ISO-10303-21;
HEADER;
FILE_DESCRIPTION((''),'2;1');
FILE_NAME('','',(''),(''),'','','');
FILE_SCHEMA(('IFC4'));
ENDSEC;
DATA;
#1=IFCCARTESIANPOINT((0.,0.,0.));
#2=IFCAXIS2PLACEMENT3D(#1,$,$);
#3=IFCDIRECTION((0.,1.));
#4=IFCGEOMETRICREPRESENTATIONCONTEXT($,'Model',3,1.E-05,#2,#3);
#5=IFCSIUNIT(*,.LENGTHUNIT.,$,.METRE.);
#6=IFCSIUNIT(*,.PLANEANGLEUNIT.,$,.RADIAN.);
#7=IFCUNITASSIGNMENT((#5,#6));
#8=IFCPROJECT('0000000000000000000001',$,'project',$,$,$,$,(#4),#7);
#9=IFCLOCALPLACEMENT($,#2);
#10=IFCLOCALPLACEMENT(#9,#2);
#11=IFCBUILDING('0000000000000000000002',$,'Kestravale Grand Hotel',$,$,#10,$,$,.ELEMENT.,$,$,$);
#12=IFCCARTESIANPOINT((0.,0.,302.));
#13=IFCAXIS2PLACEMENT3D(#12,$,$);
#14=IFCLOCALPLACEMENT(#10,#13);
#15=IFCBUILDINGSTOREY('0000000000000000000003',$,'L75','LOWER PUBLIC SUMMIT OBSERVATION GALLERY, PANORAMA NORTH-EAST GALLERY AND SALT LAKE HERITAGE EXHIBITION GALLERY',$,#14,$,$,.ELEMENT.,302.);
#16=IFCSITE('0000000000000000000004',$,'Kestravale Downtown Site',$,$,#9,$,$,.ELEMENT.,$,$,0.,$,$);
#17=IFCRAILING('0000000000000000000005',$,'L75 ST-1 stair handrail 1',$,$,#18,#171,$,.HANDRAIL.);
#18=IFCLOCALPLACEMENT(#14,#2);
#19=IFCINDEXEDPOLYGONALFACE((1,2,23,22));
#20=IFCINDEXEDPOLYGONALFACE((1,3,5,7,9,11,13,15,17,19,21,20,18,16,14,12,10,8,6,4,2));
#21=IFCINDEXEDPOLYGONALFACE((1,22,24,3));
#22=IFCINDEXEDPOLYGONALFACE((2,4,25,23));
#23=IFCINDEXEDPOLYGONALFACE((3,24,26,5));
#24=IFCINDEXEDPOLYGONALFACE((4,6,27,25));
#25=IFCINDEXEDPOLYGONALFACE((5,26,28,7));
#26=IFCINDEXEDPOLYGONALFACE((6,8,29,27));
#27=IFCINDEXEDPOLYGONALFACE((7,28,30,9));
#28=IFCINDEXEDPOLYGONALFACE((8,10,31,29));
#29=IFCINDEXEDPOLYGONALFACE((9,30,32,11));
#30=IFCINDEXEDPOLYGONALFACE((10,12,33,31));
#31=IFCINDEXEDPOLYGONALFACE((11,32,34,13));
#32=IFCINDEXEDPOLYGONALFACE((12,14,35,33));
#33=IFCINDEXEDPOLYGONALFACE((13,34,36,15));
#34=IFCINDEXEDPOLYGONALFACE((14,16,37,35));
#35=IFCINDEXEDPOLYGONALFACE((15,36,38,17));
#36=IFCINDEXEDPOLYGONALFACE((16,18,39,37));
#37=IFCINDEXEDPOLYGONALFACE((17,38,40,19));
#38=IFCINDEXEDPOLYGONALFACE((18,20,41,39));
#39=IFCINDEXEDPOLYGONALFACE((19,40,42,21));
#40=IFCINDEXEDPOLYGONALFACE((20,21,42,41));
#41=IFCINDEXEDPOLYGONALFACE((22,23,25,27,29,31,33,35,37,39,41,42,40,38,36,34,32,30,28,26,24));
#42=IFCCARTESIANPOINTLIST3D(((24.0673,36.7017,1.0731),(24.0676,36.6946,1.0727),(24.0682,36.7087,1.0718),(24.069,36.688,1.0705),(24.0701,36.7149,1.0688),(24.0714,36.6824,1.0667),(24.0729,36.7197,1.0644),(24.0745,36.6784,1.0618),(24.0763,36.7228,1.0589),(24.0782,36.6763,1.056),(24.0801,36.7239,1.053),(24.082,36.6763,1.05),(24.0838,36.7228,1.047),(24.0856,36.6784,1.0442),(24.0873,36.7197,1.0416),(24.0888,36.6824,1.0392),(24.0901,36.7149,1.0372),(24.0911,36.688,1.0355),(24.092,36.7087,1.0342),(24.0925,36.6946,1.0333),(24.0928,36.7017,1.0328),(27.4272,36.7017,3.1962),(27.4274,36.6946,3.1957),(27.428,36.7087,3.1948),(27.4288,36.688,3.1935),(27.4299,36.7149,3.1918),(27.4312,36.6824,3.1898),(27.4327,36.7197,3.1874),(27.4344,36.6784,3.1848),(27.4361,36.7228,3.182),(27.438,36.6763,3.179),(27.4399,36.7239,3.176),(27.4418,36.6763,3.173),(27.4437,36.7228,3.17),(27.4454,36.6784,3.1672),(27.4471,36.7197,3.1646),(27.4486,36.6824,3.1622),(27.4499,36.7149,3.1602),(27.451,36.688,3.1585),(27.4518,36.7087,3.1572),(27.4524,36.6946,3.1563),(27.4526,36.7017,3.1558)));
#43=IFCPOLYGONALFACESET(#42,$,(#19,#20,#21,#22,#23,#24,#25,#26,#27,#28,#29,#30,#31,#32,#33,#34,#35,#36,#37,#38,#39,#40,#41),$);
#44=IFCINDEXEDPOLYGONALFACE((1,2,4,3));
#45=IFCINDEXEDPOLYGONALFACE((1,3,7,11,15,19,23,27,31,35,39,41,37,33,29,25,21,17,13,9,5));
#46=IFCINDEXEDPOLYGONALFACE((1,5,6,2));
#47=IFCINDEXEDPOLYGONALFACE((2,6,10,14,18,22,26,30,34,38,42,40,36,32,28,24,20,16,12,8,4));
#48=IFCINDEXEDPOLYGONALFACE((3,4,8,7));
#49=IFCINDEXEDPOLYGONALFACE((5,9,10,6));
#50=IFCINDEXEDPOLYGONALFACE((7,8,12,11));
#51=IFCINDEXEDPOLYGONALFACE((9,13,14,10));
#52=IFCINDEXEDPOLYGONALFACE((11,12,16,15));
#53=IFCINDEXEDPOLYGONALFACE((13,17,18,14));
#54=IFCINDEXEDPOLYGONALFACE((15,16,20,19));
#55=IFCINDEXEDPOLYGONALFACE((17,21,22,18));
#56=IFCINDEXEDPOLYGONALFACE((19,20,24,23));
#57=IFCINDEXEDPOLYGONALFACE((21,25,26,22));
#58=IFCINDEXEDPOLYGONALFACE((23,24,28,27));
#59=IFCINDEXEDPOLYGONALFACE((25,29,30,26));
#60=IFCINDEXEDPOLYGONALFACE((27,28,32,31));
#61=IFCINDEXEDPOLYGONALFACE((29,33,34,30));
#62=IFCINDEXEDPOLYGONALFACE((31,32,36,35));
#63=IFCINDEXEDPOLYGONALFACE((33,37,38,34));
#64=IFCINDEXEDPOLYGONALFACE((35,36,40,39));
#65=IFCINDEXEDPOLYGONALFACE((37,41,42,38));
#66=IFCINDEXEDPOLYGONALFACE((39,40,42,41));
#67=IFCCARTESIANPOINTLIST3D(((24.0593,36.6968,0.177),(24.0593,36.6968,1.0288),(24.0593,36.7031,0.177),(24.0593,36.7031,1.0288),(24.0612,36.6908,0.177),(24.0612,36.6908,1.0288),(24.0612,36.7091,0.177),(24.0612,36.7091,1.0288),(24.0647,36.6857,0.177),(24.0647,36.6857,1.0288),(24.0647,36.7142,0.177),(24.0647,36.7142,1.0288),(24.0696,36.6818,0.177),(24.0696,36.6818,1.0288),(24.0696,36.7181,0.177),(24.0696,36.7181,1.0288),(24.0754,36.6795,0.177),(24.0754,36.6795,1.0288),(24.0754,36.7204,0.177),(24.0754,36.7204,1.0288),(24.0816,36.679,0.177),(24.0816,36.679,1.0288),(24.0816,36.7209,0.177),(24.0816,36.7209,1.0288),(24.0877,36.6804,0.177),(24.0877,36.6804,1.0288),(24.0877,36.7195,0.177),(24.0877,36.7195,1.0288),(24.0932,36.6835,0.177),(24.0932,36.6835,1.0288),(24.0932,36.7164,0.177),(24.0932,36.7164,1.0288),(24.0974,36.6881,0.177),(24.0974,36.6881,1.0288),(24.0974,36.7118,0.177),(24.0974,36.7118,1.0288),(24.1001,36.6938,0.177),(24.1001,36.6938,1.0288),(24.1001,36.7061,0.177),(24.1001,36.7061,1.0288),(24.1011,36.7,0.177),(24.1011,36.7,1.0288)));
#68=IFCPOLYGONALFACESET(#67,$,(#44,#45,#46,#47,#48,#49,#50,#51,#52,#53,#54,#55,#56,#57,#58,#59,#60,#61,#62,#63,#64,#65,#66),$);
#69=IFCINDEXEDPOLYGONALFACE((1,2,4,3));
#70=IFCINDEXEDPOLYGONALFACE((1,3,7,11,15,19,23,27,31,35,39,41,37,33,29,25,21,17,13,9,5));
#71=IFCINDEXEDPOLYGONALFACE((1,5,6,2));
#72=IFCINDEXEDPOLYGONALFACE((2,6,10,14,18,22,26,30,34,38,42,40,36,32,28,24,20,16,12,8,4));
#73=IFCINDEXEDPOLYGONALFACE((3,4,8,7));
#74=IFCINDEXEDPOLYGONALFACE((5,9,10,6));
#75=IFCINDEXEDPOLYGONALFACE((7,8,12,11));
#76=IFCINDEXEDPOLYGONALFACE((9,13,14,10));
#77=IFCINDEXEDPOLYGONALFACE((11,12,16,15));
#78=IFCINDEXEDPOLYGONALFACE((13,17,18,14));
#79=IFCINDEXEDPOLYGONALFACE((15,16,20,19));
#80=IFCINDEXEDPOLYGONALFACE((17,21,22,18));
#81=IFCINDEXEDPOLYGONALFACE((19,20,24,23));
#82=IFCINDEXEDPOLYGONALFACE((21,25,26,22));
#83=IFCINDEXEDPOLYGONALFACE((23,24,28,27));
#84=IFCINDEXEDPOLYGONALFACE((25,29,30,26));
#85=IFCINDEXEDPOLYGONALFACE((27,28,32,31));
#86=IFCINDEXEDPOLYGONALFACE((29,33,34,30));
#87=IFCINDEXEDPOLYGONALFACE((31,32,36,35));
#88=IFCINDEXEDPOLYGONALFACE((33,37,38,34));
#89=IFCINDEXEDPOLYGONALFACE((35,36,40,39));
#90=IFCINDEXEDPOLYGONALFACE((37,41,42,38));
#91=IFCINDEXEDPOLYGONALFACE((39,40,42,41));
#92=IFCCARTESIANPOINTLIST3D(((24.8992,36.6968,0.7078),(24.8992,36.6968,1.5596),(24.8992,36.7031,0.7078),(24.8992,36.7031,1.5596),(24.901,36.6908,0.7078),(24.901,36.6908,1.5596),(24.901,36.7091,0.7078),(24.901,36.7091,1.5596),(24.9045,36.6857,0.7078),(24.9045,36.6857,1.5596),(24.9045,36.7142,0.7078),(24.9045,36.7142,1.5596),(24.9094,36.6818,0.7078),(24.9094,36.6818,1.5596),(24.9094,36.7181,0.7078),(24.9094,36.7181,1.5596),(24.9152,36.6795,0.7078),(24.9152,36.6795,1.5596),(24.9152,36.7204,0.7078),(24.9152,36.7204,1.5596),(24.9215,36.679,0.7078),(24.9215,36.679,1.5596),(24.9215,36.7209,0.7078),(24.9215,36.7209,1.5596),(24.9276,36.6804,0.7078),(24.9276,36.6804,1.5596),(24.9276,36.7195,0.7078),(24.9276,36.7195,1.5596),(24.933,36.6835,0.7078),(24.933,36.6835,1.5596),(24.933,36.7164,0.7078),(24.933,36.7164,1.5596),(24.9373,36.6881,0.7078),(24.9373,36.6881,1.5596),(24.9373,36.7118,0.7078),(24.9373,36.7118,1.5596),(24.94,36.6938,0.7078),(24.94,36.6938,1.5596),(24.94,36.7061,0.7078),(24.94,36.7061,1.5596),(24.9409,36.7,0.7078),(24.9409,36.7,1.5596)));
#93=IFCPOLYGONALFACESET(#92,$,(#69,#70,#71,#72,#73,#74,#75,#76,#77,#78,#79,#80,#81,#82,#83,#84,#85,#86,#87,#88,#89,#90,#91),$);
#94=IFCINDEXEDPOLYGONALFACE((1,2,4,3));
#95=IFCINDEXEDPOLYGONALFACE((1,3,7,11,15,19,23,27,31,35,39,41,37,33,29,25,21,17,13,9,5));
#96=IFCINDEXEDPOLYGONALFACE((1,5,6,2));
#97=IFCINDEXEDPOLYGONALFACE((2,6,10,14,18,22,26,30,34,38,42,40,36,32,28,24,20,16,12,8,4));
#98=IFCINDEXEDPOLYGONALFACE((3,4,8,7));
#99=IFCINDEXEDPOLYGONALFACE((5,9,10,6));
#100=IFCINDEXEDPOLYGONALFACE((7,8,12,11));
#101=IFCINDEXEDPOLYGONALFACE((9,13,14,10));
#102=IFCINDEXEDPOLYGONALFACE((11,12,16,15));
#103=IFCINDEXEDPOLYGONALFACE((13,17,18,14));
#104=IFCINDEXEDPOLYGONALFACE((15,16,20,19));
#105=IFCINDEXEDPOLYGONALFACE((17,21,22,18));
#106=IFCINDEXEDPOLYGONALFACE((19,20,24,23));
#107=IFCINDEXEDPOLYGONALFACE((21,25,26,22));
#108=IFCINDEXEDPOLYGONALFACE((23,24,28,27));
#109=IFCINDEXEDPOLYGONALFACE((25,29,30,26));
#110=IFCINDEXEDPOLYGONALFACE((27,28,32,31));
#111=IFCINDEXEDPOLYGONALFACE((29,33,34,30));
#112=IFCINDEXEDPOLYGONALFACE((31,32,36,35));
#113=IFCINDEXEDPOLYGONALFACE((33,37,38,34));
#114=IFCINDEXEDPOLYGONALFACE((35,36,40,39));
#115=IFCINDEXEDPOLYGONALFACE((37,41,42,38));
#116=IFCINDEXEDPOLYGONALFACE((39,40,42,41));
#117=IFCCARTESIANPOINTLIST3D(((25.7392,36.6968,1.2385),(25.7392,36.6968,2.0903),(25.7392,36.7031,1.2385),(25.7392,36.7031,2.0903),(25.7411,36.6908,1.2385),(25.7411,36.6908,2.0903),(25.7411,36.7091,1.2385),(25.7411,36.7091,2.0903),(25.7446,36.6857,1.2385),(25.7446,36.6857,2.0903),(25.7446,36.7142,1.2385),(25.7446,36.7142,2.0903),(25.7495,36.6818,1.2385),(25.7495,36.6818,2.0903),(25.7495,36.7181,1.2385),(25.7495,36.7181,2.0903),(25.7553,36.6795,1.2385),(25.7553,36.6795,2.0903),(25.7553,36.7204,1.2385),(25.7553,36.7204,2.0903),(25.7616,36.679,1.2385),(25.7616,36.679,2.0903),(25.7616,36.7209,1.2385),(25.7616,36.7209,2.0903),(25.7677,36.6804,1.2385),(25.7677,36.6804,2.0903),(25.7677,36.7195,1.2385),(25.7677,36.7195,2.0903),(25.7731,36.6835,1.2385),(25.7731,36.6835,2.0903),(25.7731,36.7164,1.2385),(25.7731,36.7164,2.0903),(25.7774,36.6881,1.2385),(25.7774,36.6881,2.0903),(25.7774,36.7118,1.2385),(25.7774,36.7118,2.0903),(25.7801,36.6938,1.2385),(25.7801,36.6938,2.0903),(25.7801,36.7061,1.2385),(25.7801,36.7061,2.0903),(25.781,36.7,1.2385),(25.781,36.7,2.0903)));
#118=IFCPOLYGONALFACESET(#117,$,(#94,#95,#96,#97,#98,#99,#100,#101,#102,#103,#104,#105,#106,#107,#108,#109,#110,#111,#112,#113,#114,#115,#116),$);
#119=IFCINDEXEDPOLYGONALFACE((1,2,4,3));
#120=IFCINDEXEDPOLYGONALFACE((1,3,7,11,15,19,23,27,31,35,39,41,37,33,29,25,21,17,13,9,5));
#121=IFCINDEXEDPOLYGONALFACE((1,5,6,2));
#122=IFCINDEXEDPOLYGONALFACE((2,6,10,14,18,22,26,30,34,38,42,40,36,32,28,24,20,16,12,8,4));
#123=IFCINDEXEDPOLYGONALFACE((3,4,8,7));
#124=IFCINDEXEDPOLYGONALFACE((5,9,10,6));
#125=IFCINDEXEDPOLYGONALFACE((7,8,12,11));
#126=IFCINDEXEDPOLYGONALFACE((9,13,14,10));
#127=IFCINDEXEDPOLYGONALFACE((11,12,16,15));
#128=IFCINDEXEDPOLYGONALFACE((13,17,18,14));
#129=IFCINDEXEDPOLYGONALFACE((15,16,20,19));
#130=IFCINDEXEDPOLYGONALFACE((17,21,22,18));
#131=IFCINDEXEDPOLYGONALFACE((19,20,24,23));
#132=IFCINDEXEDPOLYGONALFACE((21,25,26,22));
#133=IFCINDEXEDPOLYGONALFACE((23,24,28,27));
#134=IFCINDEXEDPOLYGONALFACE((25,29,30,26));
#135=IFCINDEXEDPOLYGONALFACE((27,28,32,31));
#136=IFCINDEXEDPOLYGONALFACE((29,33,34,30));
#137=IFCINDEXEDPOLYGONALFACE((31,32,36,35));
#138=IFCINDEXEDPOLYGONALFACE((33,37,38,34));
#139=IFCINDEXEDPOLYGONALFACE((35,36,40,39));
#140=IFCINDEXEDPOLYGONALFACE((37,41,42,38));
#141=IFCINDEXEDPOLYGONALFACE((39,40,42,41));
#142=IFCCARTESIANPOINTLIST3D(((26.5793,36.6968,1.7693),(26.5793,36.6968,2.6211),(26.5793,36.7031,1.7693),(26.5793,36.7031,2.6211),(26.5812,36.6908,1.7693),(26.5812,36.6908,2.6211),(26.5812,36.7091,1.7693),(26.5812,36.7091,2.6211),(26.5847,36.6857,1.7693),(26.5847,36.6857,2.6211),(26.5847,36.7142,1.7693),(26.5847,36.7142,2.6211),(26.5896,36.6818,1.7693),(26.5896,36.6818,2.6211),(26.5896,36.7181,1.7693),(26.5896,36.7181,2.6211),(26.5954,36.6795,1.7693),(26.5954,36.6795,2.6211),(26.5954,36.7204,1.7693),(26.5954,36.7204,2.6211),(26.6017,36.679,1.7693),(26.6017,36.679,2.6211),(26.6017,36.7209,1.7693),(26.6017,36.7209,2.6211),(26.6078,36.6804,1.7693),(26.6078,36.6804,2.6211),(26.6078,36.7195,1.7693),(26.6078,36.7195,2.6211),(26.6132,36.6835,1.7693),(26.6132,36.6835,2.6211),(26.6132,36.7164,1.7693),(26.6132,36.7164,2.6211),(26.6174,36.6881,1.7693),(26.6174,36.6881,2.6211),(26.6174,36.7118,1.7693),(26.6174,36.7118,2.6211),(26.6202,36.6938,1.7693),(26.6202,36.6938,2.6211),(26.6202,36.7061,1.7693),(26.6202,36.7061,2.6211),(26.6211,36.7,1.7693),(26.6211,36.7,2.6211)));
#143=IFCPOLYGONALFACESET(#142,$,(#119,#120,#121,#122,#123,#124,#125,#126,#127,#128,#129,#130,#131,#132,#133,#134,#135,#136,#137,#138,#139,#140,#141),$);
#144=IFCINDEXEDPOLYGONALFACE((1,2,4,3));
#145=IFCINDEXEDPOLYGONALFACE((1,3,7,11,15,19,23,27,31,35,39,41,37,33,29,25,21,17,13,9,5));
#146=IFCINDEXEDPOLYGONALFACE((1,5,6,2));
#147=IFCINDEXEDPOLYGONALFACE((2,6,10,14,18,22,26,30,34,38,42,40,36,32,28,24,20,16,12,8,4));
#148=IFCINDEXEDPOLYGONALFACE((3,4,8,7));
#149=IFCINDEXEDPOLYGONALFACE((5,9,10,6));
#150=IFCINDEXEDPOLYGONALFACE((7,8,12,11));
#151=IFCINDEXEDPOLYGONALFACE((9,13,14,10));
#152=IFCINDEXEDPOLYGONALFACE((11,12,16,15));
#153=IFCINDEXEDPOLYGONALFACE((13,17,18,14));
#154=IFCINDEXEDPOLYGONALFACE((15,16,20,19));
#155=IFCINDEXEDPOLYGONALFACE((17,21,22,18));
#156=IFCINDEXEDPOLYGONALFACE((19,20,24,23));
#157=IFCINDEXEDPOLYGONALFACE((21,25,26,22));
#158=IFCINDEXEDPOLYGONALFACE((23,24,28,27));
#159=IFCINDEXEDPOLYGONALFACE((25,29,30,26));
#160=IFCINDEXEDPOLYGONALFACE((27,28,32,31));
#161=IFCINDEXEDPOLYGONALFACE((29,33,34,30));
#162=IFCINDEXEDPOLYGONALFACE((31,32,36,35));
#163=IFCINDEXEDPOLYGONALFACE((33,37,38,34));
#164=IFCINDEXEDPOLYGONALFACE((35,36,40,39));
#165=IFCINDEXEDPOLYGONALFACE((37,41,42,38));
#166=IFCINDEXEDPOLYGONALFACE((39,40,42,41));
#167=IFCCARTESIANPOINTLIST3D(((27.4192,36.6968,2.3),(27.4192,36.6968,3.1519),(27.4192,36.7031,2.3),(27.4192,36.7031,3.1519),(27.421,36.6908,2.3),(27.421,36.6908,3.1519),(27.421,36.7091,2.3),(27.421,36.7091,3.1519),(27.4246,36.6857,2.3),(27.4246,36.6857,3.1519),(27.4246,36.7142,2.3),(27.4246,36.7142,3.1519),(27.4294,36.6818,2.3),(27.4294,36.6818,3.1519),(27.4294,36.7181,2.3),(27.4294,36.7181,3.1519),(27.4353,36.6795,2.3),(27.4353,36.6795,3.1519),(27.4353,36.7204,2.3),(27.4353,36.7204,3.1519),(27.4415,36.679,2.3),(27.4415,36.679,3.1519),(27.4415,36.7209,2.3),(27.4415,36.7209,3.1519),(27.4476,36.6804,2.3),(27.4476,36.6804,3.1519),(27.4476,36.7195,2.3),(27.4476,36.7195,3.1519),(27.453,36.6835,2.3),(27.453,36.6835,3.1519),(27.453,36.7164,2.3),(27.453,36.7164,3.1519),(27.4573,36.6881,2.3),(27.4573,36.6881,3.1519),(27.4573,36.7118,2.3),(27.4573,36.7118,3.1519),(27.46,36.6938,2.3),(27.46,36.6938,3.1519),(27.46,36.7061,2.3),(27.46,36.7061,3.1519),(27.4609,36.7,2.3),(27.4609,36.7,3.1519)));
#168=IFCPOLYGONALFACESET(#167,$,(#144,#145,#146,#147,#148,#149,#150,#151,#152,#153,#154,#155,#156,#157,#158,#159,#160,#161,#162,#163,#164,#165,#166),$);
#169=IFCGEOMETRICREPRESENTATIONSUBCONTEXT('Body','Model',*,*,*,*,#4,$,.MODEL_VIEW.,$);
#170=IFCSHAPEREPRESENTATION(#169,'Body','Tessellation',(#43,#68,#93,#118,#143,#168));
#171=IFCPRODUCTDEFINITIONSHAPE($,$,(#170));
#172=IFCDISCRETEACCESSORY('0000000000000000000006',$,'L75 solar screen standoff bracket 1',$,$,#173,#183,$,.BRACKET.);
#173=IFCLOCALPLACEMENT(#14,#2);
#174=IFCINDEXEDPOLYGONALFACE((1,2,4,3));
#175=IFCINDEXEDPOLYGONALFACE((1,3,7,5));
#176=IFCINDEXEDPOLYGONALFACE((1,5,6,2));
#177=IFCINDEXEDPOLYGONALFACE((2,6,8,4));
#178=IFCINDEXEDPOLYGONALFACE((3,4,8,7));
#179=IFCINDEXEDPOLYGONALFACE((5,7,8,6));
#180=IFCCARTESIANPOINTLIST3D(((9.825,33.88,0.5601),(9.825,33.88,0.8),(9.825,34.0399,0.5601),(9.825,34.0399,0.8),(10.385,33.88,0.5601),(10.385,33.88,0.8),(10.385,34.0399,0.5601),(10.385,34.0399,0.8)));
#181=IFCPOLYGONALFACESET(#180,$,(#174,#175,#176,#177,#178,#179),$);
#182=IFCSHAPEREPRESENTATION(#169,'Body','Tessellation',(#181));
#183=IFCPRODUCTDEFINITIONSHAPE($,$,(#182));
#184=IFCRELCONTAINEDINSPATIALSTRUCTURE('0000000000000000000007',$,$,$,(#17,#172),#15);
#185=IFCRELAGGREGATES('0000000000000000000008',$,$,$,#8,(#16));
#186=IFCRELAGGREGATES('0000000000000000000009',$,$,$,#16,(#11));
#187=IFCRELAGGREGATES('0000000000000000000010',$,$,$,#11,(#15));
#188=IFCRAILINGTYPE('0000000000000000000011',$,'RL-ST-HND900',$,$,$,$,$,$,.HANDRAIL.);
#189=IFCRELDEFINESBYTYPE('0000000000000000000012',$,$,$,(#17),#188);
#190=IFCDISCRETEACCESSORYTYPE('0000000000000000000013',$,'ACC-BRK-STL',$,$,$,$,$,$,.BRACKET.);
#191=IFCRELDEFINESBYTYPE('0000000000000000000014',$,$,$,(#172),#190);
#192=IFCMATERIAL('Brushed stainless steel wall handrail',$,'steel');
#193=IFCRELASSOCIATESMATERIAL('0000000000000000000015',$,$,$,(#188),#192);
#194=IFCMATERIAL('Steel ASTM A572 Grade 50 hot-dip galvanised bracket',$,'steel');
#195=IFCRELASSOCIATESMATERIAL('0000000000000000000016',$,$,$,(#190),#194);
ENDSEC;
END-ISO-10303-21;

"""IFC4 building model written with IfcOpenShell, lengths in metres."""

from ifc_helpers import new_model, si_unit, direction, frame, origin, origin_2d, place, context, subcontext, project, spatial, rectangle, circle, extrude, material, type_object, element, save


model = new_model("IFC4")

# Units and contexts
model_context = context("Model", 3, precision=1e-05, world=origin(), true_north=direction((0.0, 1.0)))
body_context = subcontext(model_context, "Body", "Model", "MODEL_VIEW")
ifc_project = project(units=[si_unit("LENGTHUNIT", "METRE"), si_unit("PLANEANGLEUNIT", "RADIAN")], contexts=[model_context])

# Site, building, storey
site_placement = place(None, origin())
site = spatial("IfcSite", under=ifc_project, at=site_placement, Name="Kestravale Downtown Site", CompositionType="ELEMENT", RefElevation=0.0)
building_placement = place(site_placement, origin())
building = spatial("IfcBuilding", under=site, at=building_placement, Name="Kestravale Grand Hotel", CompositionType="ELEMENT")
storey_placement = place(building_placement, frame((0.0, 0.0, 302.0)))
storey = spatial("IfcBuildingStorey", under=building, at=storey_placement, Name="L75", Description="LOWER PUBLIC SUMMIT OBSERVATION GALLERY, PANORAMA NORTH-EAST GALLERY AND SALT LAKE HERITAGE EXHIBITION GALLERY", CompositionType="ELEMENT", Elevation=302.0)

# Railing
ifc_material_1 = material(Name="Brushed stainless steel wall handrail", Category="steel")
railing_type_1 = type_object("IfcRailingType", Name="RL-ST-HND900", PredefinedType="HANDRAIL", material=ifc_material_1)
railing_1_placement = place(storey_placement, frame((24.0801, 36.7, 0.177)))
element("IfcRailing", 1, at=railing_1_placement, inside=storey, type_object=railing_type_1, Name="L75 ST-1 stair handrail 1", PredefinedType="HANDRAIL", context=body_context, shape_type="SweptSolid", body=[
    extrude(circle(Radius=0.0239, at=origin_2d()), frame((0.0, 0.0, 0.876), z_axis=(0.845372, 0.0, 0.534178), x_axis=(0.0, 1.0, 0.0)), (0.0, 0.0, 1.0), 3.9744),
    extrude(circle(Radius=0.021, at=origin_2d()), origin(), (0.0, 0.0, 1.0), 0.8518),
    extrude(circle(Radius=0.021, at=origin_2d()), frame((0.8398, 0.0, 0.5308)), (0.0, 0.0, 1.0), 0.8518),
    extrude(circle(Radius=0.021, at=origin_2d()), frame((1.6799, 0.0, 1.0615)), (0.0, 0.0, 1.0), 0.8518),
    extrude(circle(Radius=0.021, at=origin_2d()), frame((2.52, 0.0, 1.5923)), (0.0, 0.0, 1.0), 0.8518),
    extrude(circle(Radius=0.021, at=origin_2d()), frame((3.3599, 0.0, 2.123)), (0.0, 0.0, 1.0), 0.8518),
])

# Discrete accessory
ifc_material_2 = material(Name="Steel ASTM A572 Grade 50 hot-dip galvanised bracket", Category="steel")
discrete_accessory_type = type_object("IfcDiscreteAccessoryType", Name="ACC-BRK-STL", PredefinedType="BRACKET", material=ifc_material_2)
discrete_accessory_placement = place(storey_placement, frame((10.105, 33.96, 0.5601), z_axis=(0.0, 0.0, 1.0), x_axis=(0.0, -1.0, 0.0)))
element("IfcDiscreteAccessory", 2, at=discrete_accessory_placement, inside=storey, type_object=discrete_accessory_type, Name="L75 solar screen standoff bracket 1", PredefinedType="BRACKET", context=body_context, shape_type="SweptSolid", body=[
    extrude(rectangle(XDim=0.1599, YDim=0.5601, at=origin_2d()), origin(), (0.0, 0.0, 1.0), 0.24),
])

save(model, "model.ifc")
